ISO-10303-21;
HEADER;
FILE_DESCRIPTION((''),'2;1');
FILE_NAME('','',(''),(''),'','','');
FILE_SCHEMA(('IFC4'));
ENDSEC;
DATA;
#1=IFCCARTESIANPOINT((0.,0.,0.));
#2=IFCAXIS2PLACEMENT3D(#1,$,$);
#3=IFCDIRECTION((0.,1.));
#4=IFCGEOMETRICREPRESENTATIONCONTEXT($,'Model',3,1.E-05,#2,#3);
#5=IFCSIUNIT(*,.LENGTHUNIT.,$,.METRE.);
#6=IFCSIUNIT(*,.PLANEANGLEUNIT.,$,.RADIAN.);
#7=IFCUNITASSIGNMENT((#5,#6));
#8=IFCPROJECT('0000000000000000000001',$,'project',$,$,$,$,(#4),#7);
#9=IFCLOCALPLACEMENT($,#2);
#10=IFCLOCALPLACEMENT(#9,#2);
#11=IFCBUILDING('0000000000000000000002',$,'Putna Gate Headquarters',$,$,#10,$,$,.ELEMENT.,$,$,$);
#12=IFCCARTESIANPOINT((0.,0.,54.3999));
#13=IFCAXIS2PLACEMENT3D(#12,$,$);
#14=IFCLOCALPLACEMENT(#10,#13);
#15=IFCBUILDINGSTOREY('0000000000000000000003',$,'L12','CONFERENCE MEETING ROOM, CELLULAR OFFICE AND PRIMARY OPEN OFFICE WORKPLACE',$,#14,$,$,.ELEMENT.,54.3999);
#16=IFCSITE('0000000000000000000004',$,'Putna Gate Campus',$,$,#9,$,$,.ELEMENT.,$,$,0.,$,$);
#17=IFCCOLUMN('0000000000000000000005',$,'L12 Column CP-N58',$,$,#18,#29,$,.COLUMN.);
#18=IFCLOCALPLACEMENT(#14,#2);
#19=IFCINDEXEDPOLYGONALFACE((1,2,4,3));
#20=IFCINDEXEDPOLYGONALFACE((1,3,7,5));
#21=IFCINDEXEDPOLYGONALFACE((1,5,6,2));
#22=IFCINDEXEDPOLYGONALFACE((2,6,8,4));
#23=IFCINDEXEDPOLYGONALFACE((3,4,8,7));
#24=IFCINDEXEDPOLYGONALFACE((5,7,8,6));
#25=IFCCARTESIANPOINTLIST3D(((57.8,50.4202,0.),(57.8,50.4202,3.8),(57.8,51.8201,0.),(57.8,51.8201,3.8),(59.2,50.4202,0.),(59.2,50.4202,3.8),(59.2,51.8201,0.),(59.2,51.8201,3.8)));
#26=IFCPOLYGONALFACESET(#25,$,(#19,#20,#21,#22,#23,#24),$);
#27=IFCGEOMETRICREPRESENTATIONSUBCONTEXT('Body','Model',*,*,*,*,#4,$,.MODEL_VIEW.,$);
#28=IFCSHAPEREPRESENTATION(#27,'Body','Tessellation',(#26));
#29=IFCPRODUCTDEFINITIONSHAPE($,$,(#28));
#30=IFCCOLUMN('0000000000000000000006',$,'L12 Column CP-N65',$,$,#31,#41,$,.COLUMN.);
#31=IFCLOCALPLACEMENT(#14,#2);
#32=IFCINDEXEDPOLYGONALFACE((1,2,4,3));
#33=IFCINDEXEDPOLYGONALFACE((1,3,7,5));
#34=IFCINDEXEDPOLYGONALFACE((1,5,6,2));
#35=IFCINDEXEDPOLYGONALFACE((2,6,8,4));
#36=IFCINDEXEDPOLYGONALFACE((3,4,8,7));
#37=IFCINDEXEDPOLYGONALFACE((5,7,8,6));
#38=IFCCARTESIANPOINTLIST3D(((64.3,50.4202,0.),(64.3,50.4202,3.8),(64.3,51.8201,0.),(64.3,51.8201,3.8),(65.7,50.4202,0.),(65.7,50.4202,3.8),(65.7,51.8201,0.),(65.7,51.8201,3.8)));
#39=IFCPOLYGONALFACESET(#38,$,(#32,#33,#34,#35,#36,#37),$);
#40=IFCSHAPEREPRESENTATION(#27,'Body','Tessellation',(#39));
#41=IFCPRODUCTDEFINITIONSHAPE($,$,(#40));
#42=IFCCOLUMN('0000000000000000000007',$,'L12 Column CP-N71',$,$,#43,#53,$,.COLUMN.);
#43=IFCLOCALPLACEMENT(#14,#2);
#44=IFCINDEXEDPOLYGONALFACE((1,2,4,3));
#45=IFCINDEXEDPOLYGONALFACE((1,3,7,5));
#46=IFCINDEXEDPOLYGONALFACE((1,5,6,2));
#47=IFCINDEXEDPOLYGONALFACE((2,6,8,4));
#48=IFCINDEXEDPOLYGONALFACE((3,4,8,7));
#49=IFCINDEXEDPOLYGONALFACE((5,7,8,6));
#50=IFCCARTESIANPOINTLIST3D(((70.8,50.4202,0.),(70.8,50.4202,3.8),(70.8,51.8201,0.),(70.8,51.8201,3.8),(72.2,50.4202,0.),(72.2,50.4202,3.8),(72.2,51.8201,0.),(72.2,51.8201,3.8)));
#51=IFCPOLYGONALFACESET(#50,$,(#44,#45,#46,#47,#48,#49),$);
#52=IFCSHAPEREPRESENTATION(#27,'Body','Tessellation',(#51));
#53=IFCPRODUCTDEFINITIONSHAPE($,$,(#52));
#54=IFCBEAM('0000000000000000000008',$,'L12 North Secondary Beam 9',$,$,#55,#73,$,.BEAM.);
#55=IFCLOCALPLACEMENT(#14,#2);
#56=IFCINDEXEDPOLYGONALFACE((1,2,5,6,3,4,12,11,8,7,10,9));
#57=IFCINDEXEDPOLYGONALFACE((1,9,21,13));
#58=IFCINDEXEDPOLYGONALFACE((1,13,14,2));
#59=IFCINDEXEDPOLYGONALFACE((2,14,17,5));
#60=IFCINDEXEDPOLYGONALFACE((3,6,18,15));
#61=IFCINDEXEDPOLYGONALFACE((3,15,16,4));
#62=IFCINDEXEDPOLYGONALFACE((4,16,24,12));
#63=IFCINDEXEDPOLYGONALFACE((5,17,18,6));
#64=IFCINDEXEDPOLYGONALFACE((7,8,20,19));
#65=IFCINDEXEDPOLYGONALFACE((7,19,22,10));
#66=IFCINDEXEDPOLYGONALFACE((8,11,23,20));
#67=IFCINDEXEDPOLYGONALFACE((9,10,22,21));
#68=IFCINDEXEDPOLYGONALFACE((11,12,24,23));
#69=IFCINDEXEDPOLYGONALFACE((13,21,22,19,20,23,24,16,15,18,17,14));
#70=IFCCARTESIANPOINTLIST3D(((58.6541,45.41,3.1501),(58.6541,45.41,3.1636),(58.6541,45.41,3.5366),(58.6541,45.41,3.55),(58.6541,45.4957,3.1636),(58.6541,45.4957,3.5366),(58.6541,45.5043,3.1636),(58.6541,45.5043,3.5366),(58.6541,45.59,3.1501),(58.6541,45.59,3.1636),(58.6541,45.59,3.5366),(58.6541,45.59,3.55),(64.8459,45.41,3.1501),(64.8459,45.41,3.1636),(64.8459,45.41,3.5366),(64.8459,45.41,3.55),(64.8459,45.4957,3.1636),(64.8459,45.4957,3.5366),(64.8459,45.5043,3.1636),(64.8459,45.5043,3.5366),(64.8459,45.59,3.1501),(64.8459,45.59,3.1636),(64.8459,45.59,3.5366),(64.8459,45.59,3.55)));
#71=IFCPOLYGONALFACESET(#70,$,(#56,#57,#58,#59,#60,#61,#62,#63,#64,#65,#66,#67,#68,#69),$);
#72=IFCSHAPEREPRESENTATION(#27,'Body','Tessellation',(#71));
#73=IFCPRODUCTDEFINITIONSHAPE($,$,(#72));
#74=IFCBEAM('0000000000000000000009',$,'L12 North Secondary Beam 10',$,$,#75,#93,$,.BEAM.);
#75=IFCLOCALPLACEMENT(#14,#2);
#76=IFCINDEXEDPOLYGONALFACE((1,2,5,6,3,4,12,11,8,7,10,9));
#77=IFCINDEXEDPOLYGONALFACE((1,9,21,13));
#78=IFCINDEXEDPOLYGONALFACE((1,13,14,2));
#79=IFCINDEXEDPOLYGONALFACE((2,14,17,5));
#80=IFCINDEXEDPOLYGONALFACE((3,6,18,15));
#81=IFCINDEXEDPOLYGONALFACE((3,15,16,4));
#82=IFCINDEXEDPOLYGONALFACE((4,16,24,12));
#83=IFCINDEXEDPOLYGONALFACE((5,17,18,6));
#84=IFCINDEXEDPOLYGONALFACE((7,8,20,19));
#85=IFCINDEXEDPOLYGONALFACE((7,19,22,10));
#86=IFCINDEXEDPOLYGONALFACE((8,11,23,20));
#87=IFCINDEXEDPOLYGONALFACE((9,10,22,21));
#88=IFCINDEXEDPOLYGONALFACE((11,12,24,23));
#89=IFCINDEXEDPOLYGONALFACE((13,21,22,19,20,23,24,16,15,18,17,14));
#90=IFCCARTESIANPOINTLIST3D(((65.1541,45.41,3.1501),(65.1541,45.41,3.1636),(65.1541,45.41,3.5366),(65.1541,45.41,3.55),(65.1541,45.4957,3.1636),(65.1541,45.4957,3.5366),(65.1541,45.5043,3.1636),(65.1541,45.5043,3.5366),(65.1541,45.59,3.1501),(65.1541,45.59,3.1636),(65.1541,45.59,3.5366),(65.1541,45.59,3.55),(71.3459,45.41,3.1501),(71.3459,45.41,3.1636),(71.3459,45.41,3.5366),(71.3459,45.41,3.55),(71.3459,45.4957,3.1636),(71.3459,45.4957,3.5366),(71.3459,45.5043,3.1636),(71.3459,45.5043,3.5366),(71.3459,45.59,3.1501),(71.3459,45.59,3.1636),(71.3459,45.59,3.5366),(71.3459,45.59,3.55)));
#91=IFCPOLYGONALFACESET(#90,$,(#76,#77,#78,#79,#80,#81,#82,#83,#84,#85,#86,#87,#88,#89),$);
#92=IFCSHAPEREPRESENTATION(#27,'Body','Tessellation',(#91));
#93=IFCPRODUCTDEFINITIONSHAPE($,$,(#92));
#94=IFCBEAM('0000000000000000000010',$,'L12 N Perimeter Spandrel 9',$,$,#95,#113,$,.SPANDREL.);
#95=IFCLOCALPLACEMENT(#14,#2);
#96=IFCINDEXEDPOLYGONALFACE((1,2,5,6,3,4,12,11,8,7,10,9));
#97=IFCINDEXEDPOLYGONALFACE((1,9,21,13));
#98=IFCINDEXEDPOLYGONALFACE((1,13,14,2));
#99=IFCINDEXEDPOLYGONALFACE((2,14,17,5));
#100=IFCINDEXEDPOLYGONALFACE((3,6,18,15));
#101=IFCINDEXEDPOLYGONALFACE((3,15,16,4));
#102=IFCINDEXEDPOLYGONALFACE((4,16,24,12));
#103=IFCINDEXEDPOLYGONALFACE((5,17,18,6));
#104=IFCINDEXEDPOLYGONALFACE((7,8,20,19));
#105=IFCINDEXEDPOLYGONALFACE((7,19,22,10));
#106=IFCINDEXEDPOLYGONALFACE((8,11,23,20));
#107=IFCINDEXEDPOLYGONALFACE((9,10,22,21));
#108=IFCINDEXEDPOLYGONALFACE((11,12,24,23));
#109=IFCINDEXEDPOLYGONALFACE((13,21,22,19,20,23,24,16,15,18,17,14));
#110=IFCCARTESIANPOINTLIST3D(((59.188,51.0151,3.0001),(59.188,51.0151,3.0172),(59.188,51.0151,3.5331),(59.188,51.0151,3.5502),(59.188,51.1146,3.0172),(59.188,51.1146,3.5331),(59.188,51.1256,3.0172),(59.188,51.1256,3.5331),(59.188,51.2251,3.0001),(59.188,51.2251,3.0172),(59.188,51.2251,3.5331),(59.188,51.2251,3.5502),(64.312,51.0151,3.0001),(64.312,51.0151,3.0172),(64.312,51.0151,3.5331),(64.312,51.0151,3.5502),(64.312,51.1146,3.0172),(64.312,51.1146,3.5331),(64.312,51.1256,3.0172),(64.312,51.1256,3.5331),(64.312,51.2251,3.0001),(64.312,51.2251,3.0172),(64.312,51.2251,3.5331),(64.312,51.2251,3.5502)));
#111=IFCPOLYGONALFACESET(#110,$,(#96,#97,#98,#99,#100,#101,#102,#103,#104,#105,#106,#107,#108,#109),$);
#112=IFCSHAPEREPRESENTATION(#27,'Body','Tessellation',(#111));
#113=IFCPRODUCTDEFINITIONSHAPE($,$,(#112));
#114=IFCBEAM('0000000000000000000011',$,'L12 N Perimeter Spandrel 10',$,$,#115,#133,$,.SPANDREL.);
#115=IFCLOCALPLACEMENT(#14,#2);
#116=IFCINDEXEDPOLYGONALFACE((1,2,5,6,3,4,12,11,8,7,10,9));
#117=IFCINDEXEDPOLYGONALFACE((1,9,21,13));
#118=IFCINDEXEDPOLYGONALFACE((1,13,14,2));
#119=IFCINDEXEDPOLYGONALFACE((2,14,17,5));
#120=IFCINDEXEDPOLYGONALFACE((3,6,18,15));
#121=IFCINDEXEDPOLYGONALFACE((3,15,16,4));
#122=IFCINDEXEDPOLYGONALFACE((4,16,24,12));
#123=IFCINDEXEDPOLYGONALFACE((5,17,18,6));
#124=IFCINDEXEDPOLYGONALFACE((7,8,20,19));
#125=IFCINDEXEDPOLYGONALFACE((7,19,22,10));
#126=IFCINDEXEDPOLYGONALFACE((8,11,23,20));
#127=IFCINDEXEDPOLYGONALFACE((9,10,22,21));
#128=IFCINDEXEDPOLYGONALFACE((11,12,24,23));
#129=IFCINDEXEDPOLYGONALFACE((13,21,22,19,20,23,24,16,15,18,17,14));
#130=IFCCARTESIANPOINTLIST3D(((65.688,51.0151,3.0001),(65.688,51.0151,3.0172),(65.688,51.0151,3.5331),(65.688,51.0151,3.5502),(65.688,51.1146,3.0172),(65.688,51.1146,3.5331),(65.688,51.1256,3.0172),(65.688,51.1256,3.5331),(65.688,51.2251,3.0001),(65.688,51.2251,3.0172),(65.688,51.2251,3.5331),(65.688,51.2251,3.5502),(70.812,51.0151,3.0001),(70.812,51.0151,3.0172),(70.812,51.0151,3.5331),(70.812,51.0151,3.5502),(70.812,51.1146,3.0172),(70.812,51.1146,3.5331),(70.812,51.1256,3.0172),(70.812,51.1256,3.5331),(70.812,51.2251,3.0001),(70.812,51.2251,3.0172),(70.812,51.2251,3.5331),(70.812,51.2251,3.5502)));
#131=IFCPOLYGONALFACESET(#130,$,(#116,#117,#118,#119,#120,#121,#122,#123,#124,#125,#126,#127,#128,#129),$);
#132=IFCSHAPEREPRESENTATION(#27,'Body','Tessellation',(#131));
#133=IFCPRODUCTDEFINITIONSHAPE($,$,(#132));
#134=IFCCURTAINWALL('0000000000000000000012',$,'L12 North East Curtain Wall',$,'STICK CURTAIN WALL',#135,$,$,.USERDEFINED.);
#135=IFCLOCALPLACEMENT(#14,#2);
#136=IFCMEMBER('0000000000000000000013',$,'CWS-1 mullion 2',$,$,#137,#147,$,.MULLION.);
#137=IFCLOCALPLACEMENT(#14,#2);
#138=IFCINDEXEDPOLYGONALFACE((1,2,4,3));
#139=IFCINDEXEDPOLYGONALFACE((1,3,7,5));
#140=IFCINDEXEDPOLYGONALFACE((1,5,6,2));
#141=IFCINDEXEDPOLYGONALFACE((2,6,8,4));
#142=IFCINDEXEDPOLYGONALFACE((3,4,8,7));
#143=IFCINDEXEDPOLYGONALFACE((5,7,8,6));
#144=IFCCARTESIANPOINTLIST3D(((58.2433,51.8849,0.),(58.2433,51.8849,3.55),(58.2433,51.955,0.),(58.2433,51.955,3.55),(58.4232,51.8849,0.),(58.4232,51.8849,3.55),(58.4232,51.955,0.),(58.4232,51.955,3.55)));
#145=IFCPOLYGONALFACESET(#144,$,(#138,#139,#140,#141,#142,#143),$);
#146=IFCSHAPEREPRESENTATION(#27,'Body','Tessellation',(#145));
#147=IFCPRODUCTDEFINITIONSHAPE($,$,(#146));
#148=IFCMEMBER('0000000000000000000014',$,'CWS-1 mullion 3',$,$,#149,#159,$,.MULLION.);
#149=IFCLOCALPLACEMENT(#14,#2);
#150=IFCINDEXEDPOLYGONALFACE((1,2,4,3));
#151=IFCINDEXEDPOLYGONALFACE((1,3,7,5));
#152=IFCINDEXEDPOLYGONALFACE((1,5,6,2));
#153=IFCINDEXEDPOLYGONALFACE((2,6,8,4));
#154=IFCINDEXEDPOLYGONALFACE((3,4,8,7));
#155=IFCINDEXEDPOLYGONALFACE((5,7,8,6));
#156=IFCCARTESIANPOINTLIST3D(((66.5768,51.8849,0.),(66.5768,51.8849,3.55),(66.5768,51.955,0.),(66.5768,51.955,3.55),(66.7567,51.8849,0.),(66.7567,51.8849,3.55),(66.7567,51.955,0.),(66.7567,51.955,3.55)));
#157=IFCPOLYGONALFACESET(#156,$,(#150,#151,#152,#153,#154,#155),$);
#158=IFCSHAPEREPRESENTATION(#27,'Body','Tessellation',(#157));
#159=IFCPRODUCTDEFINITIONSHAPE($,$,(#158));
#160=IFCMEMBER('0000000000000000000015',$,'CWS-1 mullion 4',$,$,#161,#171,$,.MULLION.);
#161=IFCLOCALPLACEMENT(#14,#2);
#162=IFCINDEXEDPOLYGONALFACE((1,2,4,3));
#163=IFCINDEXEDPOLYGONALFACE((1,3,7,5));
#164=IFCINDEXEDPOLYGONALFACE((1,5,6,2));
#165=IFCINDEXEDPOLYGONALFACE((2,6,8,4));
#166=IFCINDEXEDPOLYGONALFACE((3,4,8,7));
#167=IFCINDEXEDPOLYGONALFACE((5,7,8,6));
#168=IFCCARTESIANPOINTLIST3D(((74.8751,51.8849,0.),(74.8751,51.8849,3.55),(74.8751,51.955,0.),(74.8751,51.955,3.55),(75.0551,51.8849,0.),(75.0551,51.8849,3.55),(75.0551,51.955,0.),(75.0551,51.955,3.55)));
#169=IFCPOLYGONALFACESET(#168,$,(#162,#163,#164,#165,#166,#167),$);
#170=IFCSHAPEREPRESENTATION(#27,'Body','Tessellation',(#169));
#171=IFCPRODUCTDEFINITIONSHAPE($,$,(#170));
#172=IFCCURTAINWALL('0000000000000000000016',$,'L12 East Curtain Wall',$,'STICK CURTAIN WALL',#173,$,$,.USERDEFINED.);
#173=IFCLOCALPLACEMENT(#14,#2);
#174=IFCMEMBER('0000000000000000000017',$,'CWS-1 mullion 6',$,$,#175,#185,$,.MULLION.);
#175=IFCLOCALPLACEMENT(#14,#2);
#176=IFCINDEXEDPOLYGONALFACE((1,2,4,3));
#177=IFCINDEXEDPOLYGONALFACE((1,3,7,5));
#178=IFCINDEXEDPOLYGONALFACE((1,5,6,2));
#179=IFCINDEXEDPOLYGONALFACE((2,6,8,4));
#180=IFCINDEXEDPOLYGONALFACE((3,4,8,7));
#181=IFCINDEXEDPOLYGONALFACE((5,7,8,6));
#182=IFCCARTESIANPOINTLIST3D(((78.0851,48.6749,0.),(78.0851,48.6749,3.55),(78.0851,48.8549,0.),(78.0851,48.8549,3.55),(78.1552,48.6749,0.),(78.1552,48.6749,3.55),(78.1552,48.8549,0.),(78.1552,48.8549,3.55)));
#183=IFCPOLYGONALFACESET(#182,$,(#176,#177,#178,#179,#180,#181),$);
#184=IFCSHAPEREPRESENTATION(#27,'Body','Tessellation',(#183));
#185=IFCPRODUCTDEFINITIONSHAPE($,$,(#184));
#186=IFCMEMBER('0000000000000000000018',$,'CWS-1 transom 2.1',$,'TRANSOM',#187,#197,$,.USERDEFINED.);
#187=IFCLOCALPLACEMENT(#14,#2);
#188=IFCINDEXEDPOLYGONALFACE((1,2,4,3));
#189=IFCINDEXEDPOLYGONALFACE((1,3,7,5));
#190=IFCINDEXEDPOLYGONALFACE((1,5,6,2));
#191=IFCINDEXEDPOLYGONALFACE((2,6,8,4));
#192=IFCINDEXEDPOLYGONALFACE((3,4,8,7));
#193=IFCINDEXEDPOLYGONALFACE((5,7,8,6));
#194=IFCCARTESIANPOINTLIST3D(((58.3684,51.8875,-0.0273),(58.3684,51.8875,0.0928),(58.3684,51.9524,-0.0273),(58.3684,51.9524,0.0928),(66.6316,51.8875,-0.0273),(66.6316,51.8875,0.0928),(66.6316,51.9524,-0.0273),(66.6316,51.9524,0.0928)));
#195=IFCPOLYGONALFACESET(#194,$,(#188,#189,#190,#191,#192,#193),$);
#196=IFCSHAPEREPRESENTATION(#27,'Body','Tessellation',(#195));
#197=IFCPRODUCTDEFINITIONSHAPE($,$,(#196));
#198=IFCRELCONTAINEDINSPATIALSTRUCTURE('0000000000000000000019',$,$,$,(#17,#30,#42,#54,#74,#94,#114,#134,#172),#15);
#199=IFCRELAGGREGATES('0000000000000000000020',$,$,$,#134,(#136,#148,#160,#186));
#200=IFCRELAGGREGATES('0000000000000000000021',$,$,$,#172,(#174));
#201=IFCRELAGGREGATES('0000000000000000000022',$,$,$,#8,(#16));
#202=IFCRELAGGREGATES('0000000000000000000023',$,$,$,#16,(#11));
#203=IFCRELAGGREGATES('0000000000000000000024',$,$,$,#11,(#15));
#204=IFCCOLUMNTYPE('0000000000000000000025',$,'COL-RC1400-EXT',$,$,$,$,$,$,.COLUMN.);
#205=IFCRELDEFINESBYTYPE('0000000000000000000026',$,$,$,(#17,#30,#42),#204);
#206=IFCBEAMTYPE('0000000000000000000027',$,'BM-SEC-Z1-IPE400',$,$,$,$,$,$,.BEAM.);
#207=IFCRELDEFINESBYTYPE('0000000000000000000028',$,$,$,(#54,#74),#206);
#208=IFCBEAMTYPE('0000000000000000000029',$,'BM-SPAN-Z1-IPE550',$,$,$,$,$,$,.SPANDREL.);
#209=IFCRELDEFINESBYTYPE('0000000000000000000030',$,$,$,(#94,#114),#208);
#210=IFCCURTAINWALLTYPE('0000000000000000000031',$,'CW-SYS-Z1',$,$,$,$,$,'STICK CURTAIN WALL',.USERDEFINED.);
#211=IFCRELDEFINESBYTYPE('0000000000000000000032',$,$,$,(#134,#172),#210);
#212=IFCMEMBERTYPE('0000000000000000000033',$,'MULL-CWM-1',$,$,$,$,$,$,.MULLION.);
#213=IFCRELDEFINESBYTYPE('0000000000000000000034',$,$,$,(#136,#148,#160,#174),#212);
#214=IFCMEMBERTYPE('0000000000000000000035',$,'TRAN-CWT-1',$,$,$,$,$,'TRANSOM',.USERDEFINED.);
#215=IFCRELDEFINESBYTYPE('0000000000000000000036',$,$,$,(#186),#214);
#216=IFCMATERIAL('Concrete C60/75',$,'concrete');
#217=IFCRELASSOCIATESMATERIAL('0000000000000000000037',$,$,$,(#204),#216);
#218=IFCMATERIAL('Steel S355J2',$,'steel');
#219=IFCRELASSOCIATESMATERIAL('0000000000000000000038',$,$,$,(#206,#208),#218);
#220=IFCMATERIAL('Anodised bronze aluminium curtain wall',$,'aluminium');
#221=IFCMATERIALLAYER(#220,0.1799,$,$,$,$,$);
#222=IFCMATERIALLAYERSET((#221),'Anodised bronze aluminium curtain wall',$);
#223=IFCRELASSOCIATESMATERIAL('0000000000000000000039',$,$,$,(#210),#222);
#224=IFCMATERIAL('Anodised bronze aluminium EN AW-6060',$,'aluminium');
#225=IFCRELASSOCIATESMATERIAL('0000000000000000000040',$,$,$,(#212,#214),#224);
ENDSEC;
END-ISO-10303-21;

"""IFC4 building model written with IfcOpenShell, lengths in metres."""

from ifc_helpers import new_model, si_unit, direction, frame, origin, origin_2d, place, context, subcontext, project, spatial, rectangle, i_section, extrude, material, layer, layer_set, material_profile, profile_set, type_object, element, aggregate, save


model = new_model("IFC4")

# Units and contexts
model_context = context("Model", 3, precision=1e-05, world=origin(), true_north=direction((0.0, 1.0)))
body_context = subcontext(model_context, "Body", "Model", "MODEL_VIEW")
ifc_project = project(units=[si_unit("LENGTHUNIT", "METRE"), si_unit("PLANEANGLEUNIT", "RADIAN")], contexts=[model_context])

# Site, building, storey
site_placement = place(None, origin())
site = spatial("IfcSite", under=ifc_project, at=site_placement, Name="Putna Gate Campus", CompositionType="ELEMENT", RefElevation=0.0)
building_placement = place(site_placement, origin())
building = spatial("IfcBuilding", under=site, at=building_placement, Name="Putna Gate Headquarters", CompositionType="ELEMENT")
storey_placement = place(building_placement, frame((0.0, 0.0, 54.3999)))
storey = spatial("IfcBuildingStorey", under=building, at=storey_placement, Name="L12", Description="CONFERENCE MEETING ROOM, CELLULAR OFFICE AND PRIMARY OPEN OFFICE WORKPLACE", CompositionType="ELEMENT", Elevation=54.3999)

# Columns
ifc_material_1 = material(Name="Concrete C60/75", Category="concrete")
ifc_material_profile_1 = material_profile(ifc_material_1, rectangle(XDim=1.3999, YDim=1.3999, at=origin_2d()), Name="Concrete C60/75")
ifc_profile_set_1 = profile_set([ifc_material_profile_1], Name="Concrete C60/75")
column_type = type_object("IfcColumnType", Name="COL-RC1400-EXT", PredefinedType="COLUMN", material=ifc_profile_set_1)
for number, where, z_axis, x_axis, name in (
    (1, (58.5, 51.1201, 0.0), (0.0, 0.0, 1.0), (1.0, 0.0, 0.0), "L12 Column CP-N58"),
    (2, (65.0, 51.1201, 0.0), (0.0, 0.0, 1.0), (1.0, 0.0, 0.0), "L12 Column CP-N65"),
    (3, (71.5, 51.1201, 0.0), (0.0, 0.0, 1.0), (1.0, 0.0, 0.0), "L12 Column CP-N71"),
):
    element("IfcColumn", number, at=place(storey_placement, frame(where, z_axis=z_axis, x_axis=x_axis)), inside=storey, type_object=column_type, Name=name, PredefinedType="COLUMN", context=body_context, shape_type="SweptSolid", body=[
        extrude(rectangle(XDim=1.3999, YDim=1.3999, at=origin_2d()), origin(), (0.0, 0.0, 1.0), 3.8),
    ])

# Beams
ifc_material_2 = material(Name="Steel S355J2", Category="steel")
ifc_material_profile_2 = material_profile(ifc_material_2, i_section(OverallWidth=0.1799, OverallDepth=0.3999, WebThickness=0.0085, FlangeThickness=0.0134, at=origin_2d()), Name="Steel S355J2")
ifc_profile_set_2 = profile_set([ifc_material_profile_2], Name="Steel S355J2")
beam_type_1 = type_object("IfcBeamType", Name="BM-SEC-Z1-IPE400", PredefinedType="BEAM", material=ifc_profile_set_2)
for number, where, z_axis, x_axis, name in (
    (4, (58.6541, 45.5, 3.3501), (1.0, 0.0, 0.0), (0.0, 1.0, 0.0), "L12 North Secondary Beam 9"),
    (5, (65.1541, 45.5, 3.3501), (1.0, 0.0, 0.0), (0.0, 1.0, 0.0), "L12 North Secondary Beam 10"),
):
    element("IfcBeam", number, at=place(storey_placement, frame(where, z_axis=z_axis, x_axis=x_axis)), inside=storey, type_object=beam_type_1, Name=name, PredefinedType="BEAM", context=body_context, shape_type="SweptSolid", body=[
        extrude(i_section(OverallWidth=0.1799, OverallDepth=0.3999, WebThickness=0.0085, FlangeThickness=0.0134, at=origin_2d()), origin(), (0.0, 0.0, 1.0), 6.1919),
    ])
ifc_material_profile_3 = material_profile(ifc_material_2, i_section(OverallWidth=0.21, OverallDepth=0.55, WebThickness=0.011, FlangeThickness=0.0171, at=origin_2d()), Name="Steel S355J2")
ifc_profile_set_3 = profile_set([ifc_material_profile_3], Name="Steel S355J2")
beam_type_2 = type_object("IfcBeamType", Name="BM-SPAN-Z1-IPE550", PredefinedType="SPANDREL", material=ifc_profile_set_3)
for number, where, z_axis, x_axis, name in (
    (6, (59.188, 51.1201, 3.2751), (1.0, 0.0, 0.0), (0.0, 1.0, 0.0), "L12 N Perimeter Spandrel 9"),
    (7, (65.688, 51.1201, 3.2751), (1.0, 0.0, 0.0), (0.0, 1.0, 0.0), "L12 N Perimeter Spandrel 10"),
):
    element("IfcBeam", number, at=place(storey_placement, frame(where, z_axis=z_axis, x_axis=x_axis)), inside=storey, type_object=beam_type_2, Name=name, PredefinedType="SPANDREL", context=body_context, shape_type="SweptSolid", body=[
        extrude(i_section(OverallWidth=0.21, OverallDepth=0.55, WebThickness=0.011, FlangeThickness=0.0171, at=origin_2d()), origin(), (0.0, 0.0, 1.0), 5.124),
    ])

# Curtain wall, members
ifc_material_3 = material(Name="Anodised bronze aluminium curtain wall", Category="aluminium")
ifc_layer_1 = layer(ifc_material_3, 0.1799)
ifc_layer_set_1 = layer_set([ifc_layer_1], Name="Anodised bronze aluminium curtain wall")
curtain_wall_type = type_object("IfcCurtainWallType", Name="CW-SYS-Z1", ElementType="STICK CURTAIN WALL", PredefinedType="USERDEFINED", material=ifc_layer_set_1)
curtain_wall_1_placement = place(storey_placement, origin())
curtain_wall_1 = element("IfcCurtainWall", 8, at=curtain_wall_1_placement, inside=storey, type_object=curtain_wall_type, Name="L12 North East Curtain Wall", ObjectType="STICK CURTAIN WALL", PredefinedType="USERDEFINED")
ifc_material_4 = material(Name="Anodised bronze aluminium EN AW-6060", Category="aluminium")
ifc_material_profile_4 = material_profile(ifc_material_4, rectangle(XDim=0.0701, YDim=0.1799, at=origin_2d()), Name="Anodised bronze aluminium EN AW-6060")
ifc_profile_set_4 = profile_set([ifc_material_profile_4], Name="Anodised bronze aluminium EN AW-6060")
member_type_1 = type_object("IfcMemberType", Name="MULL-CWM-1", PredefinedType="MULLION", material=ifc_profile_set_4)
member_1_placement = place(storey_placement, frame((58.3333, 51.9199, 0.0), z_axis=(0.0, 0.0, 1.0), x_axis=(0.0, 1.0, 0.0)))
member_1 = element("IfcMember", 9, at=member_1_placement, type_object=member_type_1, Name="CWS-1 mullion 2", PredefinedType="MULLION", context=body_context, shape_type="SweptSolid", body=[
    extrude(rectangle(XDim=0.0701, YDim=0.1799, at=origin_2d()), origin(), (0.0, 0.0, 1.0), 3.55),
])
member_2_placement = place(storey_placement, frame((66.6667, 51.9199, 0.0), z_axis=(0.0, 0.0, 1.0), x_axis=(0.0, 1.0, 0.0)))
member_2 = element("IfcMember", 10, at=member_2_placement, type_object=member_type_1, Name="CWS-1 mullion 3", PredefinedType="MULLION", context=body_context, shape_type="SweptSolid", body=[
    extrude(rectangle(XDim=0.0701, YDim=0.1799, at=origin_2d()), origin(), (0.0, 0.0, 1.0), 3.55),
])
member_3_placement = place(storey_placement, frame((74.9651, 51.9199, 0.0), z_axis=(0.0, 0.0, 1.0), x_axis=(0.0, 1.0, 0.0)))
member_3 = element("IfcMember", 11, at=member_3_placement, type_object=member_type_1, Name="CWS-1 mullion 4", PredefinedType="MULLION", context=body_context, shape_type="SweptSolid", body=[
    extrude(rectangle(XDim=0.0701, YDim=0.1799, at=origin_2d()), origin(), (0.0, 0.0, 1.0), 3.55),
])

# Curtain wall, member
curtain_wall_2_placement = place(storey_placement, origin())
curtain_wall_2 = element("IfcCurtainWall", 12, at=curtain_wall_2_placement, inside=storey, type_object=curtain_wall_type, Name="L12 East Curtain Wall", ObjectType="STICK CURTAIN WALL", PredefinedType="USERDEFINED")
member_4_placement = place(storey_placement, frame((78.1201, 48.7649, 0.0), z_axis=(0.0, 0.0, 1.0), x_axis=(-1.0, 0.0, 0.0)))
member_4 = element("IfcMember", 13, at=member_4_placement, type_object=member_type_1, Name="CWS-1 mullion 6", PredefinedType="MULLION", context=body_context, shape_type="SweptSolid", body=[
    extrude(rectangle(XDim=0.0701, YDim=0.1799, at=origin_2d()), origin(), (0.0, 0.0, 1.0), 3.55),
])

# Member
ifc_material_profile_5 = material_profile(ifc_material_4, rectangle(XDim=0.0649, YDim=0.1201, at=origin_2d()), Name="Anodised bronze aluminium EN AW-6060")
ifc_profile_set_5 = profile_set([ifc_material_profile_5], Name="Anodised bronze aluminium EN AW-6060")
member_type_2 = type_object("IfcMemberType", Name="TRAN-CWT-1", ElementType="TRANSOM", PredefinedType="USERDEFINED", material=ifc_profile_set_5)
member_5_placement = place(storey_placement, frame((58.3684, 51.9199, 0.0327), z_axis=(1.0, 0.0, 0.0), x_axis=(0.0, 1.0, 0.0)))
member_5 = element("IfcMember", 14, at=member_5_placement, type_object=member_type_2, Name="CWS-1 transom 2.1", ObjectType="TRANSOM", PredefinedType="USERDEFINED", context=body_context, shape_type="SweptSolid", body=[
    extrude(rectangle(XDim=0.0649, YDim=0.1201, at=origin_2d()), origin(), (0.0, 0.0, 1.0), 8.2632),
])

aggregate(curtain_wall_1, [member_1, member_2, member_3, member_5])
aggregate(curtain_wall_2, [member_4])

save(model, "model.ifc")
